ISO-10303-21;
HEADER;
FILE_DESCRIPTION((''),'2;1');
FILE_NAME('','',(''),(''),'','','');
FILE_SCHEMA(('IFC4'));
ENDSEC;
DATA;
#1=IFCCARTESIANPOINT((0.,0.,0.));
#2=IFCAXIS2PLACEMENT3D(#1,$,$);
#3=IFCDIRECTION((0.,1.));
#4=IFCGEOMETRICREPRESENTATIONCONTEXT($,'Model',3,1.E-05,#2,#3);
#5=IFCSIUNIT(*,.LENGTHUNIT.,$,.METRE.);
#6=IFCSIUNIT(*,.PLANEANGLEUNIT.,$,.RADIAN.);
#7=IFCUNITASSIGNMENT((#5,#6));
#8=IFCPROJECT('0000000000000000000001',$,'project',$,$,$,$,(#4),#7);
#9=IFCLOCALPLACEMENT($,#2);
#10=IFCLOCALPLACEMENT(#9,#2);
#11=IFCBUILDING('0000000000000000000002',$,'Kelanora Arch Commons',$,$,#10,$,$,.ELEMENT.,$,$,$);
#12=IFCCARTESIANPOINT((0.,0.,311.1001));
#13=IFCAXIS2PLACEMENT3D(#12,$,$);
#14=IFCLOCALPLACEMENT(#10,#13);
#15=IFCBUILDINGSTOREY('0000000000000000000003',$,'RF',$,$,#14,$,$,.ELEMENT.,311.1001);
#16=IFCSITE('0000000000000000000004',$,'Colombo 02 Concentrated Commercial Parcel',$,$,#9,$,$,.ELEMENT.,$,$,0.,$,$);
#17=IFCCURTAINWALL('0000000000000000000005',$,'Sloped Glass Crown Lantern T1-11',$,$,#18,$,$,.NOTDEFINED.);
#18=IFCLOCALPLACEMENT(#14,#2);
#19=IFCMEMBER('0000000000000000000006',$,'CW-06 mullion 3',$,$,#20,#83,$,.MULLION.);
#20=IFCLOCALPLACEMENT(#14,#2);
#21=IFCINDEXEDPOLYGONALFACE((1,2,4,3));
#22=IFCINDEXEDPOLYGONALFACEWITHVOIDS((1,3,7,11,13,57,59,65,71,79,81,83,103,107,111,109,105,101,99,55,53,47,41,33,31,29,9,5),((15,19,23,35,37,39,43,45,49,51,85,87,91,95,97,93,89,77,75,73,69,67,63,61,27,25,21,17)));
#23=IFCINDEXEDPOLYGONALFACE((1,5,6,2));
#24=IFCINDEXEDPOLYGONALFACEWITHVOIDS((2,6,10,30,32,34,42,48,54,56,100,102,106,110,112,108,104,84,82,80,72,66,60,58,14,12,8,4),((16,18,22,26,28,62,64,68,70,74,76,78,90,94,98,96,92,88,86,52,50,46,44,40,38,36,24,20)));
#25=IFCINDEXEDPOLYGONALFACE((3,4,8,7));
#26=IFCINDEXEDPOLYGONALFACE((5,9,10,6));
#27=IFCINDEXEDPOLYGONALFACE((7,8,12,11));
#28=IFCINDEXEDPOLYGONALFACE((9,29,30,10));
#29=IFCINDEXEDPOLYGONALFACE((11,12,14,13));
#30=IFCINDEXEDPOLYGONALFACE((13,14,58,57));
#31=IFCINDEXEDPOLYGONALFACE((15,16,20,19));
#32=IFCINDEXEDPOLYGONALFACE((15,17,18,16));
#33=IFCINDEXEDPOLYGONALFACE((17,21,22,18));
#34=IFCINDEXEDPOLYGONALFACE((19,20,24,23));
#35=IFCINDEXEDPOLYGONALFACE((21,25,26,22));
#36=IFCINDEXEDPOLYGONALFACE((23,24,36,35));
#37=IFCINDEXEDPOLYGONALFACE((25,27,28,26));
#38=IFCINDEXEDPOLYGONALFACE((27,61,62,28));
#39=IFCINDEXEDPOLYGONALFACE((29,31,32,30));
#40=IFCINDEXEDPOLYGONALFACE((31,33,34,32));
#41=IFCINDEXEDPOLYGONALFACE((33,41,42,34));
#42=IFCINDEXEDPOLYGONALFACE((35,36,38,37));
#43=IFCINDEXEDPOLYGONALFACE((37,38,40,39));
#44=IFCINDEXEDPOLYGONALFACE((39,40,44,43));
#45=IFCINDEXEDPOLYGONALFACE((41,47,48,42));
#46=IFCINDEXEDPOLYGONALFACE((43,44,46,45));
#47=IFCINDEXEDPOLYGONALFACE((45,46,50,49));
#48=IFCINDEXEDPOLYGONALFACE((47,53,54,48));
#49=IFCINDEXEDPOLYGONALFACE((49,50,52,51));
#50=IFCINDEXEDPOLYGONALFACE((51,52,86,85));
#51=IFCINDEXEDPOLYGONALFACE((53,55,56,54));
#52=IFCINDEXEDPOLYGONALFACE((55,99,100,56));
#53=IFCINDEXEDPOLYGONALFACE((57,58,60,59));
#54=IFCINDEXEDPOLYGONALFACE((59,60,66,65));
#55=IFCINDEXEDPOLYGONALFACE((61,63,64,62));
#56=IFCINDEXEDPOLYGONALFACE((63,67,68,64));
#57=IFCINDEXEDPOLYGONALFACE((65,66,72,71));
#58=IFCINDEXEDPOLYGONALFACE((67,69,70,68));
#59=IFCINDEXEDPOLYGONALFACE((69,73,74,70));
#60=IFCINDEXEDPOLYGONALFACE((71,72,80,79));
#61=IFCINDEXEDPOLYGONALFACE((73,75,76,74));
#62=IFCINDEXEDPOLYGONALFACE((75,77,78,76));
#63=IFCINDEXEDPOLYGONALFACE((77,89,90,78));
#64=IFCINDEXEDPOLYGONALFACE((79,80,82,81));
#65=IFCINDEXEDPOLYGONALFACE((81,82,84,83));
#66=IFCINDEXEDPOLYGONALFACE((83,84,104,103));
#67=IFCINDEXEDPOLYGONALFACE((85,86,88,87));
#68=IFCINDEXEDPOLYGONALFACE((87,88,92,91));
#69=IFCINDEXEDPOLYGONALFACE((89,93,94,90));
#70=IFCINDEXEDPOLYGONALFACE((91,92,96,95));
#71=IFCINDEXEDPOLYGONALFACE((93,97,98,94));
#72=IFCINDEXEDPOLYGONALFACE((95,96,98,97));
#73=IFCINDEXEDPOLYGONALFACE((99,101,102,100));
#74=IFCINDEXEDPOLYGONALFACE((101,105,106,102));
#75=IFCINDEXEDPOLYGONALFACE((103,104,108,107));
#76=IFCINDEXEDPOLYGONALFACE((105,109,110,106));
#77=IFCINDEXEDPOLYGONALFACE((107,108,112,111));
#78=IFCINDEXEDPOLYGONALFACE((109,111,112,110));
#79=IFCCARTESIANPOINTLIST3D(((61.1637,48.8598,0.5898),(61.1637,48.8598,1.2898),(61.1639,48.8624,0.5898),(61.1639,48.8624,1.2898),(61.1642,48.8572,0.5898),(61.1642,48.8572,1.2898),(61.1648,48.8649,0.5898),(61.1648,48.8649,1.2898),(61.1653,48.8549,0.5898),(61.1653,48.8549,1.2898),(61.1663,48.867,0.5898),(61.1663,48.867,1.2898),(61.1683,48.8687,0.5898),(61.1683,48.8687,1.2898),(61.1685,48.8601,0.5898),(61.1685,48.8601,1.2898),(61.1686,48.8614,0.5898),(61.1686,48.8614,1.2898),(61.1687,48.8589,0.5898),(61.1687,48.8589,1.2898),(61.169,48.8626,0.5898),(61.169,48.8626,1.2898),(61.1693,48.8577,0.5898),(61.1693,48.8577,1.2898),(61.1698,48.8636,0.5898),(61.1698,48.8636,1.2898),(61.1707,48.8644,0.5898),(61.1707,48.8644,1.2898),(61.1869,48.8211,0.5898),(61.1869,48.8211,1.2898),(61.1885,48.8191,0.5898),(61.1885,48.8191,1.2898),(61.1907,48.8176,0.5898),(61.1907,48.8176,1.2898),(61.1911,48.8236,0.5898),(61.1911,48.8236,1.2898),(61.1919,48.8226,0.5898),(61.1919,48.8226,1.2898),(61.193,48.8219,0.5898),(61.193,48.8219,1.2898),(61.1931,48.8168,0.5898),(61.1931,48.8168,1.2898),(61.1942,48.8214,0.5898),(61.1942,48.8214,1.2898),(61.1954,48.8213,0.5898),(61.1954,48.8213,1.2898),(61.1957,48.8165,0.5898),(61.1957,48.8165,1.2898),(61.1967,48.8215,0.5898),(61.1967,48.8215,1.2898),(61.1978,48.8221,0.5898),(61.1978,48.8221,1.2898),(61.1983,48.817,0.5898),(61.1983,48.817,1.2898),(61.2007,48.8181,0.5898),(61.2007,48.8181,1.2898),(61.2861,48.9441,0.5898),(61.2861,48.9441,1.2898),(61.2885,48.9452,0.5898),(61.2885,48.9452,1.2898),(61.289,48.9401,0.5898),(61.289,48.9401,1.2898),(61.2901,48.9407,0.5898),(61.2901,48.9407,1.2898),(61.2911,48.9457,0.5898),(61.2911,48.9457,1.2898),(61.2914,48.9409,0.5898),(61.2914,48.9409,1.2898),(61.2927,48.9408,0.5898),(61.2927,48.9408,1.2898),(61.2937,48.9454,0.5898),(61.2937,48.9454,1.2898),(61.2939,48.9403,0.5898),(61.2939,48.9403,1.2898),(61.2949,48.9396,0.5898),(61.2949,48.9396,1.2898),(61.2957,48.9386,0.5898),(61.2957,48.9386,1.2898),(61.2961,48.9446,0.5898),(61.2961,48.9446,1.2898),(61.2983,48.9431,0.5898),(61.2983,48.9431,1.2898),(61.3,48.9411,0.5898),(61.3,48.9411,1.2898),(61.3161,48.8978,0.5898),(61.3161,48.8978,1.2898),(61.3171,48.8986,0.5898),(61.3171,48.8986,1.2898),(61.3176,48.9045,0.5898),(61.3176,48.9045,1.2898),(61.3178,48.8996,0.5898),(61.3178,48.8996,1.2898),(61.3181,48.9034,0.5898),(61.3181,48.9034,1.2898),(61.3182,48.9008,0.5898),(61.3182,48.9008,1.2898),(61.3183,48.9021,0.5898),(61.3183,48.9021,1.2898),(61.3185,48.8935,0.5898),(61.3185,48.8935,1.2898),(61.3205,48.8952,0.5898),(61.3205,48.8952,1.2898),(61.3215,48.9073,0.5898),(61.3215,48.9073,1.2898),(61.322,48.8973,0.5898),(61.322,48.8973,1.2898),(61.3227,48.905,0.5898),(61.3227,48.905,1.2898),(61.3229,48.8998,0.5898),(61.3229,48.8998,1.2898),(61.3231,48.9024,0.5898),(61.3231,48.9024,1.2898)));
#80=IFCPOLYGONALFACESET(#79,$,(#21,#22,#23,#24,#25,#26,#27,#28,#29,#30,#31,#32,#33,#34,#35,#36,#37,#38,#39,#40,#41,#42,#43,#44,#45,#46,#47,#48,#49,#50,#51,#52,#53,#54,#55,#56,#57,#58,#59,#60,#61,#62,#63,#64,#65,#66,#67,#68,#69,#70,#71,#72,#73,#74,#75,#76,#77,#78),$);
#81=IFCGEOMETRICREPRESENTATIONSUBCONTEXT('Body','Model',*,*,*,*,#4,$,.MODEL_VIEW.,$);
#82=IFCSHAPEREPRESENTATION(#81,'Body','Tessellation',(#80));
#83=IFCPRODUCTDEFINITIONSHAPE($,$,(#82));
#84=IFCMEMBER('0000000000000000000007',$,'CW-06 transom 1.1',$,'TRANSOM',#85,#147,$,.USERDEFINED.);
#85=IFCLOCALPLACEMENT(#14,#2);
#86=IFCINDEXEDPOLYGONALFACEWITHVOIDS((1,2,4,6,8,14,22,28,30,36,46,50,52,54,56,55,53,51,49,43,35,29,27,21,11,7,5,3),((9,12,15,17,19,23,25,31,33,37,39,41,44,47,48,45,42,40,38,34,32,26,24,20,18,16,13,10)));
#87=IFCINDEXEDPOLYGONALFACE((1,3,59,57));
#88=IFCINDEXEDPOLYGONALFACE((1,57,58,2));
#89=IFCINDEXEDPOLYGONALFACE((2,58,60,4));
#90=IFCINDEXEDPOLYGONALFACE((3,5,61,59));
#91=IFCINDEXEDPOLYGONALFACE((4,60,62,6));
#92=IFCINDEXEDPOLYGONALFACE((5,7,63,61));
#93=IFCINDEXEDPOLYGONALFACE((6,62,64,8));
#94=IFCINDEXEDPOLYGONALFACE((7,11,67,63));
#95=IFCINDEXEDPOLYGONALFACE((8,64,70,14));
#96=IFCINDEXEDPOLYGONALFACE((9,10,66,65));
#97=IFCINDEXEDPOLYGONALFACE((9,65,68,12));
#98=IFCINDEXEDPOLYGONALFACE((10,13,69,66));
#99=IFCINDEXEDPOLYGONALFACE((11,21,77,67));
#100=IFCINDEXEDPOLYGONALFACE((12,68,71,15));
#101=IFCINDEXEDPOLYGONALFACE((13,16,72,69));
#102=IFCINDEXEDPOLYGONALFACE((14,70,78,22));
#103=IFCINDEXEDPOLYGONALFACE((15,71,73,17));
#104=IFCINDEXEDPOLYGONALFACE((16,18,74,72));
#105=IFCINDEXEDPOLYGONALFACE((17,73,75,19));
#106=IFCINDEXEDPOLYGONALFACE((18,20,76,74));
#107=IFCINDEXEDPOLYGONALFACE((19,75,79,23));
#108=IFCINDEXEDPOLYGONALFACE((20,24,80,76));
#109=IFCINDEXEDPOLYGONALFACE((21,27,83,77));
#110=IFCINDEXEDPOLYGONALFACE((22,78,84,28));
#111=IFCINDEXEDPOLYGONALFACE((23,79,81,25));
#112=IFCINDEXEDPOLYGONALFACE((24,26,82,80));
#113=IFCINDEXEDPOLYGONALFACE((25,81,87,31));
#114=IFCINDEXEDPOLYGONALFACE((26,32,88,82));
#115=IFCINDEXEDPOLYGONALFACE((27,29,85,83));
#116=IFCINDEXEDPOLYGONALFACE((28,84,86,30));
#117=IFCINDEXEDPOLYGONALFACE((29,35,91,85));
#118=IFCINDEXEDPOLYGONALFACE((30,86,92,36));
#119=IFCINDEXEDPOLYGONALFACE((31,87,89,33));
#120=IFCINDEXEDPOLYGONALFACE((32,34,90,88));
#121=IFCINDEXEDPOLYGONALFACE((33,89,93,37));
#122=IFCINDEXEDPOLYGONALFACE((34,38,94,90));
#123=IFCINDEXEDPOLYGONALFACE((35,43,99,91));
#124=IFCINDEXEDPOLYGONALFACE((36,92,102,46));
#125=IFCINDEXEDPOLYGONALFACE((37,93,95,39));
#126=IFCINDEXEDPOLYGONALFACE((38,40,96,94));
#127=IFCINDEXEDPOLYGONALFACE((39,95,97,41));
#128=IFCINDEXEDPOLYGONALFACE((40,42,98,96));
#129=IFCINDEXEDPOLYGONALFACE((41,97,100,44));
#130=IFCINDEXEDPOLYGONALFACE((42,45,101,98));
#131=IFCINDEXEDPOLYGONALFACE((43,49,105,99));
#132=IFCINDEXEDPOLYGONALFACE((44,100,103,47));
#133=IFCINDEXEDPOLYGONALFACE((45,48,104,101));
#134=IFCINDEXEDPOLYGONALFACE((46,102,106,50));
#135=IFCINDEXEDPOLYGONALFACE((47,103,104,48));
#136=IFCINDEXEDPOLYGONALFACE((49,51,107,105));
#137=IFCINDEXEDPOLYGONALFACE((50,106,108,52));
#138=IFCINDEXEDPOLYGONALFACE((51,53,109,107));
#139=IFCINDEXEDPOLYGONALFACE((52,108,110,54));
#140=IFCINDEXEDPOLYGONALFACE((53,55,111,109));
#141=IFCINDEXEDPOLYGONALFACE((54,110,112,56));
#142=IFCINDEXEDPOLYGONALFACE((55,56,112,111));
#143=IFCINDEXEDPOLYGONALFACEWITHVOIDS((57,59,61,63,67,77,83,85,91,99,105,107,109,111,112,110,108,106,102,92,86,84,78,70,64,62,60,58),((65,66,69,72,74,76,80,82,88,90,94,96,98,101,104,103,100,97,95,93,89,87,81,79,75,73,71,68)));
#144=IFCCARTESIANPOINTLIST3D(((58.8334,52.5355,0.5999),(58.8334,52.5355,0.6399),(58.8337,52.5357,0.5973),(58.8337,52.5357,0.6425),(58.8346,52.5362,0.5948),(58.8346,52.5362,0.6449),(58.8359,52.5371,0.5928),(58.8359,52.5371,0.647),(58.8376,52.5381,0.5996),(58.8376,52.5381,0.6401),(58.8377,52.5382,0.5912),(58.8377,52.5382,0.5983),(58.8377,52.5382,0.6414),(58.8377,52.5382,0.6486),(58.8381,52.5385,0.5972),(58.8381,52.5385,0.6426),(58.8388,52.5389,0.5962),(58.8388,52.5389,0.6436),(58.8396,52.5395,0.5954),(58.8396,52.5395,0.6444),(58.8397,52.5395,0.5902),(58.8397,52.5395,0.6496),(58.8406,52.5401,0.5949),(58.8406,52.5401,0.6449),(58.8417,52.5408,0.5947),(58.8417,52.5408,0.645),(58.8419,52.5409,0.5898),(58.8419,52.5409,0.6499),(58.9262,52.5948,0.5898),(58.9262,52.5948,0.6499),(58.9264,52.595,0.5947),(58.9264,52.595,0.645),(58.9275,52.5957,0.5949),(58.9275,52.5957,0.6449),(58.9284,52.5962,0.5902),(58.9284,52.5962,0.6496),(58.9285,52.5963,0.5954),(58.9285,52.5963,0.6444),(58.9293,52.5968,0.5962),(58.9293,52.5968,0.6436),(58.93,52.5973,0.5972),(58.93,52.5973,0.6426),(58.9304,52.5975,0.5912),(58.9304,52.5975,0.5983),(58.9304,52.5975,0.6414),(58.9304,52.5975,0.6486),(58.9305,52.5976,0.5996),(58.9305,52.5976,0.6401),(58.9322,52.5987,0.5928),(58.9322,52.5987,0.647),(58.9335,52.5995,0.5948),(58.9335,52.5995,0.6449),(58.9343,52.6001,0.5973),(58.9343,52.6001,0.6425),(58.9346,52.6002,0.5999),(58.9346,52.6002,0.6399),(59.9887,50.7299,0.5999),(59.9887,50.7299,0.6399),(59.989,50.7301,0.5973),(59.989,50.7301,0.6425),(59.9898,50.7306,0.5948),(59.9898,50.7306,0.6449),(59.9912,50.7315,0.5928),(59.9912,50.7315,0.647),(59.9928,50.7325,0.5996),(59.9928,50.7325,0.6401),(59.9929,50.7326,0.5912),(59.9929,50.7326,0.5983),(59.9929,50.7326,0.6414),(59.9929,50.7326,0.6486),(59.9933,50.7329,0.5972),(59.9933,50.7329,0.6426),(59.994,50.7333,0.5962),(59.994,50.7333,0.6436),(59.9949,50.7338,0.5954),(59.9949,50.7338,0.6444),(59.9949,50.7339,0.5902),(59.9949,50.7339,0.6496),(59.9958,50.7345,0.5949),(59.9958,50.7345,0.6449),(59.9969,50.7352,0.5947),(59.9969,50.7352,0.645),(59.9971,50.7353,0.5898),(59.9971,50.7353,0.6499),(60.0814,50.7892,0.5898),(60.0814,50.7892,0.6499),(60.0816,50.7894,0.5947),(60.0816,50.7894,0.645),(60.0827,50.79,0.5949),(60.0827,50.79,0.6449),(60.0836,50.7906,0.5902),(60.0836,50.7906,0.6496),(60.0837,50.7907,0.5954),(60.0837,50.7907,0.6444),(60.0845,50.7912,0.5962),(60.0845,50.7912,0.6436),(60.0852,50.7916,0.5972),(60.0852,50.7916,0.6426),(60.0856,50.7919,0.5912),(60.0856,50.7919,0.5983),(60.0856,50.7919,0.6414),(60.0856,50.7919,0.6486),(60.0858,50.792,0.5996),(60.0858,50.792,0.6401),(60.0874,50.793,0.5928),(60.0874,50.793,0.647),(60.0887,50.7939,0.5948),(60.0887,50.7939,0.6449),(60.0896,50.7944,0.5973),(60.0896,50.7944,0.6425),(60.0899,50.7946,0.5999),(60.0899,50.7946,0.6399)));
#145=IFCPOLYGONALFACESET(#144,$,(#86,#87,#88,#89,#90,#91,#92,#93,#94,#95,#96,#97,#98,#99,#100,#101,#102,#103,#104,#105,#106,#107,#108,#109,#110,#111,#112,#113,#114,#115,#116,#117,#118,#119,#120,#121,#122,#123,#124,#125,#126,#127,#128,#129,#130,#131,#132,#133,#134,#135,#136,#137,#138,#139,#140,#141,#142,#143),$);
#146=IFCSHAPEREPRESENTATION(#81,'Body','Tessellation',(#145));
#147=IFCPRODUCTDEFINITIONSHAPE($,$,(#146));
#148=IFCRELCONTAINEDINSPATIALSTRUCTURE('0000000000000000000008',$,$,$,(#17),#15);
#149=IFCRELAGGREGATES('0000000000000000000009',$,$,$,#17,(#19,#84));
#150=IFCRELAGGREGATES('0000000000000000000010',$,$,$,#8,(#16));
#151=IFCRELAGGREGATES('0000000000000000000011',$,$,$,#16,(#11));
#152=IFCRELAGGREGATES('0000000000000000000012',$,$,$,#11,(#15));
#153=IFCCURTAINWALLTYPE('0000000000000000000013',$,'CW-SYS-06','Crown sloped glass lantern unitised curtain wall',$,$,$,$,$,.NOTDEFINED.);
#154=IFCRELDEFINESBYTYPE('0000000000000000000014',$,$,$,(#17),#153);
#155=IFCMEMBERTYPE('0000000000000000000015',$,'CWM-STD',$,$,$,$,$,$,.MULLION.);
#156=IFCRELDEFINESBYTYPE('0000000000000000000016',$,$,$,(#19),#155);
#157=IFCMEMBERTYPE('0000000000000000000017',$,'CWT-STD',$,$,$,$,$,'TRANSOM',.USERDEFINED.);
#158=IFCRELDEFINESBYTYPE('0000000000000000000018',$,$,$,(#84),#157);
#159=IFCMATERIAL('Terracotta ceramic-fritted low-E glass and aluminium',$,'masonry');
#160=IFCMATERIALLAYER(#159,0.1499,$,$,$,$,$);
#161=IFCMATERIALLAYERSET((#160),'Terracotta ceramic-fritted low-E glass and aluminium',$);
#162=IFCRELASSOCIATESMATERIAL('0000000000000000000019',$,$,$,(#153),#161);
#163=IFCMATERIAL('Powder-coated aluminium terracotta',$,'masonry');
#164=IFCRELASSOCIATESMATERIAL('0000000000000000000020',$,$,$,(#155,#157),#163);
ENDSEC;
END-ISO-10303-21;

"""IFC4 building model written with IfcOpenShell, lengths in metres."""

from ifc_helpers import new_model, si_unit, direction, frame, origin, origin_2d, place, context, subcontext, project, spatial, hollow_rectangle, extrude, material, layer, layer_set, material_profile, profile_set, type_object, element, aggregate, save


model = new_model("IFC4")

# Units and contexts
model_context = context("Model", 3, precision=1e-05, world=origin(), true_north=direction((0.0, 1.0)))
body_context = subcontext(model_context, "Body", "Model", "MODEL_VIEW")
ifc_project = project(units=[si_unit("LENGTHUNIT", "METRE"), si_unit("PLANEANGLEUNIT", "RADIAN")], contexts=[model_context])

# Site, building, storey
site_placement = place(None, origin())
site = spatial("IfcSite", under=ifc_project, at=site_placement, Name="Colombo 02 Concentrated Commercial Parcel", CompositionType="ELEMENT", RefElevation=0.0)
building_placement = place(site_placement, origin())
building = spatial("IfcBuilding", under=site, at=building_placement, Name="Kelanora Arch Commons", CompositionType="ELEMENT")
storey_placement = place(building_placement, frame((0.0, 0.0, 311.1001)))
storey = spatial("IfcBuildingStorey", under=building, at=storey_placement, Name="RF", CompositionType="ELEMENT", Elevation=311.1001)

# Curtain wall, members
ifc_material_1 = material(Name="Terracotta ceramic-fritted low-E glass and aluminium", Category="masonry")
ifc_layer_1 = layer(ifc_material_1, 0.1499)
ifc_layer_set_1 = layer_set([ifc_layer_1], Name="Terracotta ceramic-fritted low-E glass and aluminium")
curtain_wall_type = type_object("IfcCurtainWallType", Name="CW-SYS-06", Description="Crown sloped glass lantern unitised curtain wall", PredefinedType="NOTDEFINED", material=ifc_layer_set_1)
curtain_wall_placement = place(storey_placement, origin())
curtain_wall = element("IfcCurtainWall", 1, at=curtain_wall_placement, inside=storey, type_object=curtain_wall_type, Name="Sloped Glass Crown Lantern T1-11", PredefinedType="NOTDEFINED")
ifc_material_2 = material(Name="Powder-coated aluminium terracotta", Category="masonry")
ifc_material_profile_1 = material_profile(ifc_material_2, hollow_rectangle(XDim=0.1599, YDim=0.0601, WallThickness=0.0049, InnerFilletRadius=0.0049, OuterFilletRadius=0.01, at=origin_2d()), Name="CWM160x60")
ifc_profile_set_1 = profile_set([ifc_material_profile_1], Name="Powder-coated aluminium terracotta")
member_type_1 = type_object("IfcMemberType", Name="CWM-STD", PredefinedType="MULLION", material=ifc_profile_set_1)
member_1_placement = place(storey_placement, frame((61.2434, 48.8811, 0.5898), z_axis=(0.0, 0.0, 1.0), x_axis=(0.842271, 0.539054, 0.0)))
member_1 = element("IfcMember", 2, at=member_1_placement, type_object=member_type_1, Name="CW-06 mullion 3", PredefinedType="MULLION", context=body_context, shape_type="SweptSolid", body=[
    extrude(hollow_rectangle(XDim=0.1599, YDim=0.0601, WallThickness=0.0049, InnerFilletRadius=0.0049, OuterFilletRadius=0.01, at=origin_2d()), origin(), (0.0, 0.0, 1.0), 0.7),
])
ifc_material_profile_2 = material_profile(ifc_material_2, hollow_rectangle(XDim=0.1201, YDim=0.0601, WallThickness=0.0049, InnerFilletRadius=0.0049, OuterFilletRadius=0.01, at=origin_2d()), Name="CWT120x60")
ifc_profile_set_2 = profile_set([ifc_material_profile_2], Name="Powder-coated aluminium terracotta")
member_type_2 = type_object("IfcMemberType", Name="CWT-STD", ElementType="TRANSOM", PredefinedType="USERDEFINED", material=ifc_profile_set_2)
member_2_placement = place(storey_placement, frame((58.884, 52.5679, 0.6199), z_axis=(0.538937, -0.842346, 0.0), x_axis=(0.842346, 0.538937, 0.0)))
member_2 = element("IfcMember", 3, at=member_2_placement, type_object=member_type_2, Name="CW-06 transom 1.1", ObjectType="TRANSOM", PredefinedType="USERDEFINED", context=body_context, shape_type="SweptSolid", body=[
    extrude(hollow_rectangle(XDim=0.1201, YDim=0.0601, WallThickness=0.0049, InnerFilletRadius=0.0049, OuterFilletRadius=0.01, at=origin_2d()), origin(), (0.0, 0.0, 1.0), 2.1436),
])
aggregate(curtain_wall, [member_1, member_2])

save(model, "model.ifc")
